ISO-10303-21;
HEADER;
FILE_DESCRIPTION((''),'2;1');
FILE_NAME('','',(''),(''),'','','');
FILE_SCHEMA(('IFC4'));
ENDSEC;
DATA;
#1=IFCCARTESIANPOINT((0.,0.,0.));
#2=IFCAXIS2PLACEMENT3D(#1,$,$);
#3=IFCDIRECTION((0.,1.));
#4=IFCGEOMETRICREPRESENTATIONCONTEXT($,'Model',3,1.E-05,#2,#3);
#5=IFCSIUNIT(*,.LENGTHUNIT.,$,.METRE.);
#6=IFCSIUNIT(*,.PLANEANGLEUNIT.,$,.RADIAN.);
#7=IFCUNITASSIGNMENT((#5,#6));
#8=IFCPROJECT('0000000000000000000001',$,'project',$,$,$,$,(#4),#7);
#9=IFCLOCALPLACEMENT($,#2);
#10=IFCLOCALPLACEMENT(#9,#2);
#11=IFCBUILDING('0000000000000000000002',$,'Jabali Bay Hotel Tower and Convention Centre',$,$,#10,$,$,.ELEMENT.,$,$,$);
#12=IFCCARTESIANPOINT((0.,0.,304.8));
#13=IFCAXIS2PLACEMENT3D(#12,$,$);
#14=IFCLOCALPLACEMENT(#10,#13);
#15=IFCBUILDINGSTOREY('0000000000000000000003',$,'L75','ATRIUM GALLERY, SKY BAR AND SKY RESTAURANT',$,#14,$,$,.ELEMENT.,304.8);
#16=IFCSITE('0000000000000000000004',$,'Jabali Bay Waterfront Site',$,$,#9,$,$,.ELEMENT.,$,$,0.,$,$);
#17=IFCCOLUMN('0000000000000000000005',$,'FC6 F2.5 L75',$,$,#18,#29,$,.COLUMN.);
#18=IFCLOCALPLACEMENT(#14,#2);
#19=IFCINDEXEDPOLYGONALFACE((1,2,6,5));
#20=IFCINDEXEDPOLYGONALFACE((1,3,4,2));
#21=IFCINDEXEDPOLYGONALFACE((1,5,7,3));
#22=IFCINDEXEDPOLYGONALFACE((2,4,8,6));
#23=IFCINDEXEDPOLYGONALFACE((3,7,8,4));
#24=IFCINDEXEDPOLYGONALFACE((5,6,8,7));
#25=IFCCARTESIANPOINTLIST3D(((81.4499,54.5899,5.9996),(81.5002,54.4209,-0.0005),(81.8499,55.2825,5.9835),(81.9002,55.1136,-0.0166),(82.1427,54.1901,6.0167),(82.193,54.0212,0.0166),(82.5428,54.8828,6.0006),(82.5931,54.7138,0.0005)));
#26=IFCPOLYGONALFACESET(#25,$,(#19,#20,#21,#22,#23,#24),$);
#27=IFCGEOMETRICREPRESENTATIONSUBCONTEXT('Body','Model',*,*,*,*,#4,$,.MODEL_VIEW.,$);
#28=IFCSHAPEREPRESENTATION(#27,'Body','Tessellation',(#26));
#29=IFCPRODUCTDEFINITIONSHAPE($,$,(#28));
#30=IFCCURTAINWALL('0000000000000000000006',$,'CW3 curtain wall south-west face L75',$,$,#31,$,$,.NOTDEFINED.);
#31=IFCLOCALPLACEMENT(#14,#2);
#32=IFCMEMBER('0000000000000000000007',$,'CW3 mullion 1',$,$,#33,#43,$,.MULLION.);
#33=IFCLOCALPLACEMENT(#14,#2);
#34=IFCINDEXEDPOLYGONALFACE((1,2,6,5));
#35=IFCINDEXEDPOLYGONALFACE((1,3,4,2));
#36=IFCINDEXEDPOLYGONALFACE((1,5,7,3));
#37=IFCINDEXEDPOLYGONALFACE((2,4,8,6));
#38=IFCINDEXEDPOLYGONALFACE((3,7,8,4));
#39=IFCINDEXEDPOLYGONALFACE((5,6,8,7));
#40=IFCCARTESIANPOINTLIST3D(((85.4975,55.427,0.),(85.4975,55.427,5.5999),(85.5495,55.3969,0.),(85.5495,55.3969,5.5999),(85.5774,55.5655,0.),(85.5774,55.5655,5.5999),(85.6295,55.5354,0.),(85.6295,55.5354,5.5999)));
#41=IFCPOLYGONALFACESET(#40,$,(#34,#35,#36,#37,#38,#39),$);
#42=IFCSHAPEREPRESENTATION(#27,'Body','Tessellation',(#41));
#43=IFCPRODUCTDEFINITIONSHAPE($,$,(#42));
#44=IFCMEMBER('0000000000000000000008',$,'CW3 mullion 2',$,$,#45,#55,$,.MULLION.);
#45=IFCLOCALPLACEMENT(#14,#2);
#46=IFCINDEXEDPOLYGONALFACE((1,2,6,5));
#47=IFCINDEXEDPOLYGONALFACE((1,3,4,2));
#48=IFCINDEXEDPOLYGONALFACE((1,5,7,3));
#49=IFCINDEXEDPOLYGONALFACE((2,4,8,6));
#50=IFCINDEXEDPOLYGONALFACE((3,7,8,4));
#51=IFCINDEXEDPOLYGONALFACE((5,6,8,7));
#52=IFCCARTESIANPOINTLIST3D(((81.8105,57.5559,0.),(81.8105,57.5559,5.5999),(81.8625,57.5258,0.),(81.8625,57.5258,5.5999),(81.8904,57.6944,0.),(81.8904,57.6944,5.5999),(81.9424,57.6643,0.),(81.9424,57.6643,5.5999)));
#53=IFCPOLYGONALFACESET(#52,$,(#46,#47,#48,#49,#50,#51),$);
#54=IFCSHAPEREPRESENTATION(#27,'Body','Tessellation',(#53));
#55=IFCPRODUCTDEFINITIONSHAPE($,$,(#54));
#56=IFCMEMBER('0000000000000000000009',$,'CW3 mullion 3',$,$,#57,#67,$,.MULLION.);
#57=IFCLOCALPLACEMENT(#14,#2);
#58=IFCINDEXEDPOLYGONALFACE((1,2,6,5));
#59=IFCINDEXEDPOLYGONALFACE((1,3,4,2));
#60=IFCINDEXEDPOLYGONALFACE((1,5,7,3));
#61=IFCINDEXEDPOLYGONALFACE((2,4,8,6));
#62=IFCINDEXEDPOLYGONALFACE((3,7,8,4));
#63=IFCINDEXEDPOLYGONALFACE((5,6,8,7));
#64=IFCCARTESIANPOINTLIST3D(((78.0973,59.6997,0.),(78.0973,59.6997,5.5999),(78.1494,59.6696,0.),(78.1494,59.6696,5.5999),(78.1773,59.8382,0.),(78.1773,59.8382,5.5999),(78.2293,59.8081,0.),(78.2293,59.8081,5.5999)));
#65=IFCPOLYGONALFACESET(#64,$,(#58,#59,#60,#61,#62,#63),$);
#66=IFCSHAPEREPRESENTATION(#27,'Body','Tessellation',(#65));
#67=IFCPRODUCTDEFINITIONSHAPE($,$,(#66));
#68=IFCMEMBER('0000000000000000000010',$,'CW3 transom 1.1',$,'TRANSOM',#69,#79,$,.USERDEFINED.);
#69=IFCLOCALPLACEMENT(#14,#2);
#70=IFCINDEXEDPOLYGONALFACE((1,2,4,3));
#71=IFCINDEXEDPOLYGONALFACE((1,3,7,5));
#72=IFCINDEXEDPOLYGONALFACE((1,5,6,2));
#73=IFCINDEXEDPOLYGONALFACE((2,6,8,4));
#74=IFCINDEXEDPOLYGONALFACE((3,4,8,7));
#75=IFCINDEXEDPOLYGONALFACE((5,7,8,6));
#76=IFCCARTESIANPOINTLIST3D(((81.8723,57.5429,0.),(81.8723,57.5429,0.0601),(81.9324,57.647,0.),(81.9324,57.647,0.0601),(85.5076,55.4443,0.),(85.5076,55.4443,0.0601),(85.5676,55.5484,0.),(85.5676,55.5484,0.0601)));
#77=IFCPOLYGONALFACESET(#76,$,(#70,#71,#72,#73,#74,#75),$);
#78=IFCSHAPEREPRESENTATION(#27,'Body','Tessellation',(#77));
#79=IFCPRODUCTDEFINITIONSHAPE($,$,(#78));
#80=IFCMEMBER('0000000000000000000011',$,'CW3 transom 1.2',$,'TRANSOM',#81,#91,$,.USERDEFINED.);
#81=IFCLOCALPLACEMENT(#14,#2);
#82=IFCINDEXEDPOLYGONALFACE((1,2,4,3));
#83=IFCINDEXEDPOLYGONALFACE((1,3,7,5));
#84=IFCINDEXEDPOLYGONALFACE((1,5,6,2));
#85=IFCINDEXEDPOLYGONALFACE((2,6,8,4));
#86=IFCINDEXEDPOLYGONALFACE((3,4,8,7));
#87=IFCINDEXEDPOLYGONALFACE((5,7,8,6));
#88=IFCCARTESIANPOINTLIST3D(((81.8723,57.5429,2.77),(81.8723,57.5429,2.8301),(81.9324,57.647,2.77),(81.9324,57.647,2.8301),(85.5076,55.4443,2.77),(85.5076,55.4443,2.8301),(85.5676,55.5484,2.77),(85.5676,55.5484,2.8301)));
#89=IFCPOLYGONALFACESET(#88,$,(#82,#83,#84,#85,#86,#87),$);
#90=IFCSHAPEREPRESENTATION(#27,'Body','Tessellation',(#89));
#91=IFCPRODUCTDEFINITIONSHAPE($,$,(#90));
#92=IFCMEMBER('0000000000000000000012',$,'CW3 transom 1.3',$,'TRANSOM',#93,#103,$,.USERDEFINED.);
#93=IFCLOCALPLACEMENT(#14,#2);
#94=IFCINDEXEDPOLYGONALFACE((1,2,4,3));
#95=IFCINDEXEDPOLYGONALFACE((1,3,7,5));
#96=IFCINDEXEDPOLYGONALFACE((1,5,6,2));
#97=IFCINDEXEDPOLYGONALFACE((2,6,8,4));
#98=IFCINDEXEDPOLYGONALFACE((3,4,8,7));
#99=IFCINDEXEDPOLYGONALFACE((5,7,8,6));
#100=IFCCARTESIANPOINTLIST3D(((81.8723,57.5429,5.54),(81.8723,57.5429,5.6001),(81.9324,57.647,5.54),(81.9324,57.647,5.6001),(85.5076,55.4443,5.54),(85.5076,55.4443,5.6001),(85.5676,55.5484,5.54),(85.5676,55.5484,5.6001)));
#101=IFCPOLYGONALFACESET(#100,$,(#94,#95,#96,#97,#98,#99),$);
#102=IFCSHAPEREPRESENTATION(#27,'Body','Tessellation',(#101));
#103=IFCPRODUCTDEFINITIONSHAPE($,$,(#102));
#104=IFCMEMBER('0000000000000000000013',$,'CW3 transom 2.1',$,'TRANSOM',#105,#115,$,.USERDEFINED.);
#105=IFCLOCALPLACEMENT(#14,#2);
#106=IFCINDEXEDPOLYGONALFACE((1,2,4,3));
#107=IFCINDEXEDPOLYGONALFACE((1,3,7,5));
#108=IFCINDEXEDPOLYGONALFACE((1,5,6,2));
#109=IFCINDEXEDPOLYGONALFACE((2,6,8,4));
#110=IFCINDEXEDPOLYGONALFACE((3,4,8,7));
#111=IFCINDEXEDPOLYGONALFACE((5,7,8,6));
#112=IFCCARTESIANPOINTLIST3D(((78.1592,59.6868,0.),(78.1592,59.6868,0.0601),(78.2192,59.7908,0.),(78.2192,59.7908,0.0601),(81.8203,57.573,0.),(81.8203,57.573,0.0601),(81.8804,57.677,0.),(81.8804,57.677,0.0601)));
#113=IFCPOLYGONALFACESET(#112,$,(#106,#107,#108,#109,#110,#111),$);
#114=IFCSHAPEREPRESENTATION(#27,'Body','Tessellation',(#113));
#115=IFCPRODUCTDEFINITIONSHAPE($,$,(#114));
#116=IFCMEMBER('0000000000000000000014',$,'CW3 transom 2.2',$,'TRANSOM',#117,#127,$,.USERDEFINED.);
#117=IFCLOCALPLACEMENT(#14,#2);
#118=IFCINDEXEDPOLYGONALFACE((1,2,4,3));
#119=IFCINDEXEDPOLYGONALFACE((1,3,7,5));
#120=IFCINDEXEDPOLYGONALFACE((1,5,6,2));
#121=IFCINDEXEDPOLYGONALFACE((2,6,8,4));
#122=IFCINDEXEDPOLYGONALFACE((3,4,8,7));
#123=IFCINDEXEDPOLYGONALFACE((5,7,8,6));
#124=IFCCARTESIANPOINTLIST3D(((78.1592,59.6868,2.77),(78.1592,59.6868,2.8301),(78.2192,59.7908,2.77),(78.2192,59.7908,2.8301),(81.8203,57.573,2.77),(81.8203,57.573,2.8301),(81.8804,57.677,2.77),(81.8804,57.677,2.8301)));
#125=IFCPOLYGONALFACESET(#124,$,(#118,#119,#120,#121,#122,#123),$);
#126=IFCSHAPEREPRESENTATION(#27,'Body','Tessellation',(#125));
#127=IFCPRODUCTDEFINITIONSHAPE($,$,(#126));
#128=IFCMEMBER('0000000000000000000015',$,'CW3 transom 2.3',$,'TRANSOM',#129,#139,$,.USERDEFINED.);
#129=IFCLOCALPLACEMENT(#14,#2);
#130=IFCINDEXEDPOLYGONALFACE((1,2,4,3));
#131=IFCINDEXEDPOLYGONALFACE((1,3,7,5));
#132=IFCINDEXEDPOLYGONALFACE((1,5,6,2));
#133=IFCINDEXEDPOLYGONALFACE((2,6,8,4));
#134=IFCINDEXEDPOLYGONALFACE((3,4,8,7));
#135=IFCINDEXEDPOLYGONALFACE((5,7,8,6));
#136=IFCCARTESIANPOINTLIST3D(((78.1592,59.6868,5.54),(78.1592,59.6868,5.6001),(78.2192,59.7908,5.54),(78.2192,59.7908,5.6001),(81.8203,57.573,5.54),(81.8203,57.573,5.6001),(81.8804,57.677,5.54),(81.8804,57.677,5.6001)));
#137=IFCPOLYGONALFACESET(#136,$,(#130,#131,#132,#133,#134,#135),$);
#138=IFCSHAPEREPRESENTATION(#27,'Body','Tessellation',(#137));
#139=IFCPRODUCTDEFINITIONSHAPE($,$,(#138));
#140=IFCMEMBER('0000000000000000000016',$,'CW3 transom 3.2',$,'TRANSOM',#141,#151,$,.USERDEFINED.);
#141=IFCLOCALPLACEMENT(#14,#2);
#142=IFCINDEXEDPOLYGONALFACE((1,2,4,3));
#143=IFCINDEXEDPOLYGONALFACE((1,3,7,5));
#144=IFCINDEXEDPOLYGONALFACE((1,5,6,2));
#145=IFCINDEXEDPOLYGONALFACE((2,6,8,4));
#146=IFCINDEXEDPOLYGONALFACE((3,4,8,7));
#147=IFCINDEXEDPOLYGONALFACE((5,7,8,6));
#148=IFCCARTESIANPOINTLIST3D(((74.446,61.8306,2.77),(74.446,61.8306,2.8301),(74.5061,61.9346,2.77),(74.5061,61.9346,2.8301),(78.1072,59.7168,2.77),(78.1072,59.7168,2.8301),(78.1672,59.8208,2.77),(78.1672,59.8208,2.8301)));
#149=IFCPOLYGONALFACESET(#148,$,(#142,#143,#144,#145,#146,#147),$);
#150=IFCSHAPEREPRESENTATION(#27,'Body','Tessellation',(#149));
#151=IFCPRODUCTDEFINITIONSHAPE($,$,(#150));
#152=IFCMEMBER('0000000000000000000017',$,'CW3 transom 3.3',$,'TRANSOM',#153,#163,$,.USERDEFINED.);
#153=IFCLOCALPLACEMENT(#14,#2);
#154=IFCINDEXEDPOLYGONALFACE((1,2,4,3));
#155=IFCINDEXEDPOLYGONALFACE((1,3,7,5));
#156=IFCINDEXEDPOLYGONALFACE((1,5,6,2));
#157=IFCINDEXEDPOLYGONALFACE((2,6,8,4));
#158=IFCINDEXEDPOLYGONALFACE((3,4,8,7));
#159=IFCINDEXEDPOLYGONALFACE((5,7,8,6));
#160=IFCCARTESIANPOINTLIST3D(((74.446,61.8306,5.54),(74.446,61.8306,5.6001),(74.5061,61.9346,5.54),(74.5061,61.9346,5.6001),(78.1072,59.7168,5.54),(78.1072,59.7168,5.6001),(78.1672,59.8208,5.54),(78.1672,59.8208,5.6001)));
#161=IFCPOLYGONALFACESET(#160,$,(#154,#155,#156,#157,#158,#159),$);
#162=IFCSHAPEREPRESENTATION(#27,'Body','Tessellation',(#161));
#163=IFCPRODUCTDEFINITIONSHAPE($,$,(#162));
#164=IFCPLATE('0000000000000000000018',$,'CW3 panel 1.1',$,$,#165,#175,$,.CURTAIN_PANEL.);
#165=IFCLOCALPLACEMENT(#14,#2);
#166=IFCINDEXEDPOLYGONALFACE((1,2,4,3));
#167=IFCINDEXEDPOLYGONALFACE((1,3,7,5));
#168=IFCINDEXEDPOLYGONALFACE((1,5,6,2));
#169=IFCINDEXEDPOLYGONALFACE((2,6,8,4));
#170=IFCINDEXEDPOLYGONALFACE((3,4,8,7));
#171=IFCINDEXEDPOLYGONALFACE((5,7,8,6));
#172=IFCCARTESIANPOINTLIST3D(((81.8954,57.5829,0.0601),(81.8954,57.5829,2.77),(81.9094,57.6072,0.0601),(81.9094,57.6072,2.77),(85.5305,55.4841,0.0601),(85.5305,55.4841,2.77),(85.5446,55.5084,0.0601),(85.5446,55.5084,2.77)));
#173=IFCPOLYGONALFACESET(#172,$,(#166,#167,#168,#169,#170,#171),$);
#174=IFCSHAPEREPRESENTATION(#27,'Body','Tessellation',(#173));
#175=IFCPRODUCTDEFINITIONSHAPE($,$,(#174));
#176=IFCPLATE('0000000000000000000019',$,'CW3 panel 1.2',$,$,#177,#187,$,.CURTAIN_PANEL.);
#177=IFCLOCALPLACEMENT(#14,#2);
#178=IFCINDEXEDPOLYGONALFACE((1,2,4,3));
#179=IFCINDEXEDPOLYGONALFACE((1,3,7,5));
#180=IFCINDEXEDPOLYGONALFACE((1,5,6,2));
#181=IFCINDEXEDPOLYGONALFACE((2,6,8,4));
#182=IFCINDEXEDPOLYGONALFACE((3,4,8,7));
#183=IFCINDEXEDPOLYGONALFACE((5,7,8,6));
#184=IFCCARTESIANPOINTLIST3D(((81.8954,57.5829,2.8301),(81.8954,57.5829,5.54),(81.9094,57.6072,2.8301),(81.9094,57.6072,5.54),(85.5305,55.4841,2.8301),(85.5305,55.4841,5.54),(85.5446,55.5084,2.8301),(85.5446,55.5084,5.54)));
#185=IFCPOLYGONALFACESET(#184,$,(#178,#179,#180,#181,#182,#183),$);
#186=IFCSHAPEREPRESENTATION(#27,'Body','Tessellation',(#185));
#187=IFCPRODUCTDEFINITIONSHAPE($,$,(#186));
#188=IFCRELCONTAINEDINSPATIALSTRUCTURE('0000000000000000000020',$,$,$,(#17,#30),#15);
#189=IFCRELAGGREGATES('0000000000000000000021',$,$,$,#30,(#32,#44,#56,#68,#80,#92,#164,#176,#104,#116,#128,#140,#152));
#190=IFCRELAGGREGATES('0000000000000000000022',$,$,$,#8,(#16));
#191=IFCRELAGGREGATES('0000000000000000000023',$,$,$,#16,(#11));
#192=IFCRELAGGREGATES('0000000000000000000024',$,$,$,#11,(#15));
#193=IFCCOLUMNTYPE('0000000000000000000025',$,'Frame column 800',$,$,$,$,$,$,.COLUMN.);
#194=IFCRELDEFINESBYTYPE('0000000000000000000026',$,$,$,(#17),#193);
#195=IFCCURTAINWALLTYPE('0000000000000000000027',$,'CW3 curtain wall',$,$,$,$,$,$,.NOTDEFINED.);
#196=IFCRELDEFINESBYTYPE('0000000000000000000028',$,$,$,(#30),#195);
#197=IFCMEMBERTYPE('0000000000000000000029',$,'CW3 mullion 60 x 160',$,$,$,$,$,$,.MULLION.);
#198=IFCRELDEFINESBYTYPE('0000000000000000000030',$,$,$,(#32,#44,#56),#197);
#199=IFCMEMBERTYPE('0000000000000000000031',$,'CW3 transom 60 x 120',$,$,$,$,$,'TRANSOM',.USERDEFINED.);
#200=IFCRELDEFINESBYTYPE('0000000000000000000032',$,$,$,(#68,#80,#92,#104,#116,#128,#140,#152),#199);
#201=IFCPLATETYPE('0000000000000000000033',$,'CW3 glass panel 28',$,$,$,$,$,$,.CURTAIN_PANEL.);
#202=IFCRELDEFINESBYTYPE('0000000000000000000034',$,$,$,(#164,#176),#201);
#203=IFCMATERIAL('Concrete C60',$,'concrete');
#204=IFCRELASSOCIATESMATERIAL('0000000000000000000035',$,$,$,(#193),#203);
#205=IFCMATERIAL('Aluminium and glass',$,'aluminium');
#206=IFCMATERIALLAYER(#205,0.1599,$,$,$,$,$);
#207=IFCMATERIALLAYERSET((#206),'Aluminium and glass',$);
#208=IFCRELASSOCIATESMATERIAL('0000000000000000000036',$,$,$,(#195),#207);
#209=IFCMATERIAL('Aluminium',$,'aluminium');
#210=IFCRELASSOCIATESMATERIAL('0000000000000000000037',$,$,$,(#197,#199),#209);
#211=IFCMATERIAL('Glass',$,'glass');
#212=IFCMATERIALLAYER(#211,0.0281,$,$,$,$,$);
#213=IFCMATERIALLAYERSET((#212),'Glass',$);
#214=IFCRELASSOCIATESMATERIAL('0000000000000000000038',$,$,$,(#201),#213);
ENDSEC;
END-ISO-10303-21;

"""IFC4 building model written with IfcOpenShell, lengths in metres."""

from ifc_helpers import new_model, si_unit, direction, frame, origin, origin_2d, place, context, subcontext, project, spatial, rectangle, extrude, material, layer, layer_set, material_profile, profile_set, type_object, element, aggregate, save


model = new_model("IFC4")

# Units and contexts
model_context = context("Model", 3, precision=1e-05, world=origin(), true_north=direction((0.0, 1.0)))
body_context = subcontext(model_context, "Body", "Model", "MODEL_VIEW")
ifc_project = project(units=[si_unit("LENGTHUNIT", "METRE"), si_unit("PLANEANGLEUNIT", "RADIAN")], contexts=[model_context])

# Site, building, storey
site_placement = place(None, origin())
site = spatial("IfcSite", under=ifc_project, at=site_placement, Name="Jabali Bay Waterfront Site", CompositionType="ELEMENT", RefElevation=0.0)
building_placement = place(site_placement, origin())
building = spatial("IfcBuilding", under=site, at=building_placement, Name="Jabali Bay Hotel Tower and Convention Centre", CompositionType="ELEMENT")
storey_placement = place(building_placement, frame((0.0, 0.0, 304.8)))
storey = spatial("IfcBuildingStorey", under=building, at=storey_placement, Name="L75", Description="ATRIUM GALLERY, SKY BAR AND SKY RESTAURANT", CompositionType="ELEMENT", Elevation=304.8)

# Column
ifc_material_1 = material(Name="Concrete C60", Category="concrete")
ifc_material_profile_1 = material_profile(ifc_material_1, rectangle(XDim=0.8, YDim=0.8, at=origin_2d()), Name="Frame column 800")
ifc_profile_set_1 = profile_set([ifc_material_profile_1], Name="Concrete C60")
column_type = type_object("IfcColumnType", Name="Frame column 800", PredefinedType="COLUMN", material=ifc_profile_set_1)
column_placement = place(storey_placement, frame((82.0466, 54.5674, 0.0), z_axis=(-0.008379, 0.028145, 0.999569), x_axis=(-0.500021, -0.865778, 0.020187)))
element("IfcColumn", 1, at=column_placement, inside=storey, type_object=column_type, Name="FC6 F2.5 L75", PredefinedType="COLUMN", context=body_context, shape_type="SweptSolid", body=[
    extrude(rectangle(XDim=0.8, YDim=0.8, at=origin_2d()), origin(), (0.0, 0.0, 1.0), 6.0027),
])

# Curtain wall, members, plates
ifc_material_2 = material(Name="Aluminium and glass", Category="aluminium")
ifc_layer_1 = layer(ifc_material_2, 0.1599)
ifc_layer_set_1 = layer_set([ifc_layer_1], Name="Aluminium and glass")
curtain_wall_type = type_object("IfcCurtainWallType", Name="CW3 curtain wall", PredefinedType="NOTDEFINED", material=ifc_layer_set_1)
curtain_wall_placement = place(storey_placement, origin())
curtain_wall = element("IfcCurtainWall", 2, at=curtain_wall_placement, inside=storey, type_object=curtain_wall_type, Name="CW3 curtain wall south-west face L75", PredefinedType="NOTDEFINED")
ifc_material_3 = material(Name="Aluminium", Category="aluminium")
ifc_material_profile_2 = material_profile(ifc_material_3, rectangle(XDim=0.1599, YDim=0.0601, at=origin_2d()), Name="CW3 mullion 60 x 160")
ifc_profile_set_2 = profile_set([ifc_material_profile_2], Name="Aluminium")
member_type_1 = type_object("IfcMemberType", Name="CW3 mullion 60 x 160", PredefinedType="MULLION", material=ifc_profile_set_2)
member_1_placement = place(storey_placement, frame((85.5635, 55.4812, 0.0), z_axis=(0.0, 0.0, 1.0), x_axis=(-0.5, -0.866025, 0.0)))
member_1 = element("IfcMember", 3, at=member_1_placement, type_object=member_type_1, Name="CW3 mullion 1", PredefinedType="MULLION", context=body_context, shape_type="SweptSolid", body=[
    extrude(rectangle(XDim=0.1599, YDim=0.0601, at=origin_2d()), origin(), (0.0, 0.0, 1.0), 5.5999),
])
member_2_placement = place(storey_placement, frame((81.8765, 57.6101, 0.0), z_axis=(0.0, 0.0, 1.0), x_axis=(-0.5, -0.866025, 0.0)))
member_2 = element("IfcMember", 4, at=member_2_placement, type_object=member_type_1, Name="CW3 mullion 2", PredefinedType="MULLION", context=body_context, shape_type="SweptSolid", body=[
    extrude(rectangle(XDim=0.1599, YDim=0.0601, at=origin_2d()), origin(), (0.0, 0.0, 1.0), 5.5999),
])
member_3_placement = place(storey_placement, frame((78.1633, 59.7539, 0.0), z_axis=(0.0, 0.0, 1.0), x_axis=(-0.5, -0.866025, 0.0)))
member_3 = element("IfcMember", 5, at=member_3_placement, type_object=member_type_1, Name="CW3 mullion 3", PredefinedType="MULLION", context=body_context, shape_type="SweptSolid", body=[
    extrude(rectangle(XDim=0.1599, YDim=0.0601, at=origin_2d()), origin(), (0.0, 0.0, 1.0), 5.5999),
])
ifc_material_profile_3 = material_profile(ifc_material_3, rectangle(XDim=0.1201, YDim=0.0601, at=origin_2d()), Name="CW3 transom 60 x 120")
ifc_profile_set_3 = profile_set([ifc_material_profile_3], Name="Aluminium")
member_type_2 = type_object("IfcMemberType", Name="CW3 transom 60 x 120", ElementType="TRANSOM", PredefinedType="USERDEFINED", material=ifc_profile_set_3)
member_4_placement = place(storey_placement, frame((85.5376, 55.4963, 0.03), z_axis=(-0.866044, 0.499967, 0.0), x_axis=(-0.499967, -0.866044, 0.0)))
member_4 = element("IfcMember", 6, at=member_4_placement, type_object=member_type_2, Name="CW3 transom 1.1", ObjectType="TRANSOM", PredefinedType="USERDEFINED", context=body_context, shape_type="SweptSolid", body=[
    extrude(rectangle(XDim=0.1201, YDim=0.0601, at=origin_2d()), origin(), (0.0, 0.0, 1.0), 4.1975),
])
member_5_placement = place(storey_placement, frame((85.5376, 55.4963, 2.8), z_axis=(-0.866044, 0.499967, 0.0), x_axis=(-0.499967, -0.866044, 0.0)))
member_5 = element("IfcMember", 7, at=member_5_placement, type_object=member_type_2, Name="CW3 transom 1.2", ObjectType="TRANSOM", PredefinedType="USERDEFINED", context=body_context, shape_type="SweptSolid", body=[
    extrude(rectangle(XDim=0.1201, YDim=0.0601, at=origin_2d()), origin(), (0.0, 0.0, 1.0), 4.1975),
])
member_6_placement = place(storey_placement, frame((85.5376, 55.4963, 5.5701), z_axis=(-0.866044, 0.499967, 0.0), x_axis=(-0.499967, -0.866044, 0.0)))
member_6 = element("IfcMember", 8, at=member_6_placement, type_object=member_type_2, Name="CW3 transom 1.3", ObjectType="TRANSOM", PredefinedType="USERDEFINED", context=body_context, shape_type="SweptSolid", body=[
    extrude(rectangle(XDim=0.1201, YDim=0.0601, at=origin_2d()), origin(), (0.0, 0.0, 1.0), 4.1975),
])
member_7_placement = place(storey_placement, frame((81.8503, 57.625, 0.03), z_axis=(-0.866024, 0.500002, 0.0), x_axis=(-0.500002, -0.866024, 0.0)))
member_7 = element("IfcMember", 9, at=member_7_placement, type_object=member_type_2, Name="CW3 transom 2.1", ObjectType="TRANSOM", PredefinedType="USERDEFINED", context=body_context, shape_type="SweptSolid", body=[
    extrude(rectangle(XDim=0.1201, YDim=0.0601, at=origin_2d()), origin(), (0.0, 0.0, 1.0), 4.2275),
])
member_8_placement = place(storey_placement, frame((81.8503, 57.625, 2.8), z_axis=(-0.866024, 0.500002, 0.0), x_axis=(-0.500002, -0.866024, 0.0)))
member_8 = element("IfcMember", 10, at=member_8_placement, type_object=member_type_2, Name="CW3 transom 2.2", ObjectType="TRANSOM", PredefinedType="USERDEFINED", context=body_context, shape_type="SweptSolid", body=[
    extrude(rectangle(XDim=0.1201, YDim=0.0601, at=origin_2d()), origin(), (0.0, 0.0, 1.0), 4.2275),
])
member_9_placement = place(storey_placement, frame((81.8503, 57.625, 5.5701), z_axis=(-0.866024, 0.500002, 0.0), x_axis=(-0.500002, -0.866024, 0.0)))
member_9 = element("IfcMember", 11, at=member_9_placement, type_object=member_type_2, Name="CW3 transom 2.3", ObjectType="TRANSOM", PredefinedType="USERDEFINED", context=body_context, shape_type="SweptSolid", body=[
    extrude(rectangle(XDim=0.1201, YDim=0.0601, at=origin_2d()), origin(), (0.0, 0.0, 1.0), 4.2275),
])
member_10_placement = place(storey_placement, frame((78.1372, 59.7688, 2.8), z_axis=(-0.866024, 0.500002, 0.0), x_axis=(-0.500002, -0.866024, 0.0)))
member_10 = element("IfcMember", 12, at=member_10_placement, type_object=member_type_2, Name="CW3 transom 3.2", ObjectType="TRANSOM", PredefinedType="USERDEFINED", context=body_context, shape_type="SweptSolid", body=[
    extrude(rectangle(XDim=0.1201, YDim=0.0601, at=origin_2d()), origin(), (0.0, 0.0, 1.0), 4.2275),
])
member_11_placement = place(storey_placement, frame((78.1372, 59.7688, 5.5701), z_axis=(-0.866024, 0.500002, 0.0), x_axis=(-0.500002, -0.866024, 0.0)))
member_11 = element("IfcMember", 13, at=member_11_placement, type_object=member_type_2, Name="CW3 transom 3.3", ObjectType="TRANSOM", PredefinedType="USERDEFINED", context=body_context, shape_type="SweptSolid", body=[
    extrude(rectangle(XDim=0.1201, YDim=0.0601, at=origin_2d()), origin(), (0.0, 0.0, 1.0), 4.2275),
])
ifc_material_4 = material(Name="Glass", Category="glass")
ifc_layer_2 = layer(ifc_material_4, 0.0281)
ifc_layer_set_2 = layer_set([ifc_layer_2], Name="Glass")
plate_type = type_object("IfcPlateType", Name="CW3 glass panel 28", PredefinedType="CURTAIN_PANEL", material=ifc_layer_set_2)
plate_1_placement = place(storey_placement, frame((83.72, 56.5457, 0.0601), z_axis=(0.0, 0.0, 1.0), x_axis=(-0.866025, 0.5, 0.0)))
plate_1 = element("IfcPlate", 14, at=plate_1_placement, type_object=plate_type, Name="CW3 panel 1.1", PredefinedType="CURTAIN_PANEL", context=body_context, shape_type="SweptSolid", body=[
    extrude(rectangle(XDim=4.1975, YDim=0.0281, at=origin_2d()), origin(), (0.0, 0.0, 1.0), 2.71),
])
plate_2_placement = place(storey_placement, frame((83.72, 56.5457, 2.8301), z_axis=(0.0, 0.0, 1.0), x_axis=(-0.866025, 0.5, 0.0)))
plate_2 = element("IfcPlate", 15, at=plate_2_placement, type_object=plate_type, Name="CW3 panel 1.2", PredefinedType="CURTAIN_PANEL", context=body_context, shape_type="SweptSolid", body=[
    extrude(rectangle(XDim=4.1975, YDim=0.0281, at=origin_2d()), origin(), (0.0, 0.0, 1.0), 2.71),
])
aggregate(curtain_wall, [member_1, member_2, member_3, member_4, member_5, member_6, plate_1, plate_2, member_7, member_8, member_9, member_10, member_11])

save(model, "model.ifc")
